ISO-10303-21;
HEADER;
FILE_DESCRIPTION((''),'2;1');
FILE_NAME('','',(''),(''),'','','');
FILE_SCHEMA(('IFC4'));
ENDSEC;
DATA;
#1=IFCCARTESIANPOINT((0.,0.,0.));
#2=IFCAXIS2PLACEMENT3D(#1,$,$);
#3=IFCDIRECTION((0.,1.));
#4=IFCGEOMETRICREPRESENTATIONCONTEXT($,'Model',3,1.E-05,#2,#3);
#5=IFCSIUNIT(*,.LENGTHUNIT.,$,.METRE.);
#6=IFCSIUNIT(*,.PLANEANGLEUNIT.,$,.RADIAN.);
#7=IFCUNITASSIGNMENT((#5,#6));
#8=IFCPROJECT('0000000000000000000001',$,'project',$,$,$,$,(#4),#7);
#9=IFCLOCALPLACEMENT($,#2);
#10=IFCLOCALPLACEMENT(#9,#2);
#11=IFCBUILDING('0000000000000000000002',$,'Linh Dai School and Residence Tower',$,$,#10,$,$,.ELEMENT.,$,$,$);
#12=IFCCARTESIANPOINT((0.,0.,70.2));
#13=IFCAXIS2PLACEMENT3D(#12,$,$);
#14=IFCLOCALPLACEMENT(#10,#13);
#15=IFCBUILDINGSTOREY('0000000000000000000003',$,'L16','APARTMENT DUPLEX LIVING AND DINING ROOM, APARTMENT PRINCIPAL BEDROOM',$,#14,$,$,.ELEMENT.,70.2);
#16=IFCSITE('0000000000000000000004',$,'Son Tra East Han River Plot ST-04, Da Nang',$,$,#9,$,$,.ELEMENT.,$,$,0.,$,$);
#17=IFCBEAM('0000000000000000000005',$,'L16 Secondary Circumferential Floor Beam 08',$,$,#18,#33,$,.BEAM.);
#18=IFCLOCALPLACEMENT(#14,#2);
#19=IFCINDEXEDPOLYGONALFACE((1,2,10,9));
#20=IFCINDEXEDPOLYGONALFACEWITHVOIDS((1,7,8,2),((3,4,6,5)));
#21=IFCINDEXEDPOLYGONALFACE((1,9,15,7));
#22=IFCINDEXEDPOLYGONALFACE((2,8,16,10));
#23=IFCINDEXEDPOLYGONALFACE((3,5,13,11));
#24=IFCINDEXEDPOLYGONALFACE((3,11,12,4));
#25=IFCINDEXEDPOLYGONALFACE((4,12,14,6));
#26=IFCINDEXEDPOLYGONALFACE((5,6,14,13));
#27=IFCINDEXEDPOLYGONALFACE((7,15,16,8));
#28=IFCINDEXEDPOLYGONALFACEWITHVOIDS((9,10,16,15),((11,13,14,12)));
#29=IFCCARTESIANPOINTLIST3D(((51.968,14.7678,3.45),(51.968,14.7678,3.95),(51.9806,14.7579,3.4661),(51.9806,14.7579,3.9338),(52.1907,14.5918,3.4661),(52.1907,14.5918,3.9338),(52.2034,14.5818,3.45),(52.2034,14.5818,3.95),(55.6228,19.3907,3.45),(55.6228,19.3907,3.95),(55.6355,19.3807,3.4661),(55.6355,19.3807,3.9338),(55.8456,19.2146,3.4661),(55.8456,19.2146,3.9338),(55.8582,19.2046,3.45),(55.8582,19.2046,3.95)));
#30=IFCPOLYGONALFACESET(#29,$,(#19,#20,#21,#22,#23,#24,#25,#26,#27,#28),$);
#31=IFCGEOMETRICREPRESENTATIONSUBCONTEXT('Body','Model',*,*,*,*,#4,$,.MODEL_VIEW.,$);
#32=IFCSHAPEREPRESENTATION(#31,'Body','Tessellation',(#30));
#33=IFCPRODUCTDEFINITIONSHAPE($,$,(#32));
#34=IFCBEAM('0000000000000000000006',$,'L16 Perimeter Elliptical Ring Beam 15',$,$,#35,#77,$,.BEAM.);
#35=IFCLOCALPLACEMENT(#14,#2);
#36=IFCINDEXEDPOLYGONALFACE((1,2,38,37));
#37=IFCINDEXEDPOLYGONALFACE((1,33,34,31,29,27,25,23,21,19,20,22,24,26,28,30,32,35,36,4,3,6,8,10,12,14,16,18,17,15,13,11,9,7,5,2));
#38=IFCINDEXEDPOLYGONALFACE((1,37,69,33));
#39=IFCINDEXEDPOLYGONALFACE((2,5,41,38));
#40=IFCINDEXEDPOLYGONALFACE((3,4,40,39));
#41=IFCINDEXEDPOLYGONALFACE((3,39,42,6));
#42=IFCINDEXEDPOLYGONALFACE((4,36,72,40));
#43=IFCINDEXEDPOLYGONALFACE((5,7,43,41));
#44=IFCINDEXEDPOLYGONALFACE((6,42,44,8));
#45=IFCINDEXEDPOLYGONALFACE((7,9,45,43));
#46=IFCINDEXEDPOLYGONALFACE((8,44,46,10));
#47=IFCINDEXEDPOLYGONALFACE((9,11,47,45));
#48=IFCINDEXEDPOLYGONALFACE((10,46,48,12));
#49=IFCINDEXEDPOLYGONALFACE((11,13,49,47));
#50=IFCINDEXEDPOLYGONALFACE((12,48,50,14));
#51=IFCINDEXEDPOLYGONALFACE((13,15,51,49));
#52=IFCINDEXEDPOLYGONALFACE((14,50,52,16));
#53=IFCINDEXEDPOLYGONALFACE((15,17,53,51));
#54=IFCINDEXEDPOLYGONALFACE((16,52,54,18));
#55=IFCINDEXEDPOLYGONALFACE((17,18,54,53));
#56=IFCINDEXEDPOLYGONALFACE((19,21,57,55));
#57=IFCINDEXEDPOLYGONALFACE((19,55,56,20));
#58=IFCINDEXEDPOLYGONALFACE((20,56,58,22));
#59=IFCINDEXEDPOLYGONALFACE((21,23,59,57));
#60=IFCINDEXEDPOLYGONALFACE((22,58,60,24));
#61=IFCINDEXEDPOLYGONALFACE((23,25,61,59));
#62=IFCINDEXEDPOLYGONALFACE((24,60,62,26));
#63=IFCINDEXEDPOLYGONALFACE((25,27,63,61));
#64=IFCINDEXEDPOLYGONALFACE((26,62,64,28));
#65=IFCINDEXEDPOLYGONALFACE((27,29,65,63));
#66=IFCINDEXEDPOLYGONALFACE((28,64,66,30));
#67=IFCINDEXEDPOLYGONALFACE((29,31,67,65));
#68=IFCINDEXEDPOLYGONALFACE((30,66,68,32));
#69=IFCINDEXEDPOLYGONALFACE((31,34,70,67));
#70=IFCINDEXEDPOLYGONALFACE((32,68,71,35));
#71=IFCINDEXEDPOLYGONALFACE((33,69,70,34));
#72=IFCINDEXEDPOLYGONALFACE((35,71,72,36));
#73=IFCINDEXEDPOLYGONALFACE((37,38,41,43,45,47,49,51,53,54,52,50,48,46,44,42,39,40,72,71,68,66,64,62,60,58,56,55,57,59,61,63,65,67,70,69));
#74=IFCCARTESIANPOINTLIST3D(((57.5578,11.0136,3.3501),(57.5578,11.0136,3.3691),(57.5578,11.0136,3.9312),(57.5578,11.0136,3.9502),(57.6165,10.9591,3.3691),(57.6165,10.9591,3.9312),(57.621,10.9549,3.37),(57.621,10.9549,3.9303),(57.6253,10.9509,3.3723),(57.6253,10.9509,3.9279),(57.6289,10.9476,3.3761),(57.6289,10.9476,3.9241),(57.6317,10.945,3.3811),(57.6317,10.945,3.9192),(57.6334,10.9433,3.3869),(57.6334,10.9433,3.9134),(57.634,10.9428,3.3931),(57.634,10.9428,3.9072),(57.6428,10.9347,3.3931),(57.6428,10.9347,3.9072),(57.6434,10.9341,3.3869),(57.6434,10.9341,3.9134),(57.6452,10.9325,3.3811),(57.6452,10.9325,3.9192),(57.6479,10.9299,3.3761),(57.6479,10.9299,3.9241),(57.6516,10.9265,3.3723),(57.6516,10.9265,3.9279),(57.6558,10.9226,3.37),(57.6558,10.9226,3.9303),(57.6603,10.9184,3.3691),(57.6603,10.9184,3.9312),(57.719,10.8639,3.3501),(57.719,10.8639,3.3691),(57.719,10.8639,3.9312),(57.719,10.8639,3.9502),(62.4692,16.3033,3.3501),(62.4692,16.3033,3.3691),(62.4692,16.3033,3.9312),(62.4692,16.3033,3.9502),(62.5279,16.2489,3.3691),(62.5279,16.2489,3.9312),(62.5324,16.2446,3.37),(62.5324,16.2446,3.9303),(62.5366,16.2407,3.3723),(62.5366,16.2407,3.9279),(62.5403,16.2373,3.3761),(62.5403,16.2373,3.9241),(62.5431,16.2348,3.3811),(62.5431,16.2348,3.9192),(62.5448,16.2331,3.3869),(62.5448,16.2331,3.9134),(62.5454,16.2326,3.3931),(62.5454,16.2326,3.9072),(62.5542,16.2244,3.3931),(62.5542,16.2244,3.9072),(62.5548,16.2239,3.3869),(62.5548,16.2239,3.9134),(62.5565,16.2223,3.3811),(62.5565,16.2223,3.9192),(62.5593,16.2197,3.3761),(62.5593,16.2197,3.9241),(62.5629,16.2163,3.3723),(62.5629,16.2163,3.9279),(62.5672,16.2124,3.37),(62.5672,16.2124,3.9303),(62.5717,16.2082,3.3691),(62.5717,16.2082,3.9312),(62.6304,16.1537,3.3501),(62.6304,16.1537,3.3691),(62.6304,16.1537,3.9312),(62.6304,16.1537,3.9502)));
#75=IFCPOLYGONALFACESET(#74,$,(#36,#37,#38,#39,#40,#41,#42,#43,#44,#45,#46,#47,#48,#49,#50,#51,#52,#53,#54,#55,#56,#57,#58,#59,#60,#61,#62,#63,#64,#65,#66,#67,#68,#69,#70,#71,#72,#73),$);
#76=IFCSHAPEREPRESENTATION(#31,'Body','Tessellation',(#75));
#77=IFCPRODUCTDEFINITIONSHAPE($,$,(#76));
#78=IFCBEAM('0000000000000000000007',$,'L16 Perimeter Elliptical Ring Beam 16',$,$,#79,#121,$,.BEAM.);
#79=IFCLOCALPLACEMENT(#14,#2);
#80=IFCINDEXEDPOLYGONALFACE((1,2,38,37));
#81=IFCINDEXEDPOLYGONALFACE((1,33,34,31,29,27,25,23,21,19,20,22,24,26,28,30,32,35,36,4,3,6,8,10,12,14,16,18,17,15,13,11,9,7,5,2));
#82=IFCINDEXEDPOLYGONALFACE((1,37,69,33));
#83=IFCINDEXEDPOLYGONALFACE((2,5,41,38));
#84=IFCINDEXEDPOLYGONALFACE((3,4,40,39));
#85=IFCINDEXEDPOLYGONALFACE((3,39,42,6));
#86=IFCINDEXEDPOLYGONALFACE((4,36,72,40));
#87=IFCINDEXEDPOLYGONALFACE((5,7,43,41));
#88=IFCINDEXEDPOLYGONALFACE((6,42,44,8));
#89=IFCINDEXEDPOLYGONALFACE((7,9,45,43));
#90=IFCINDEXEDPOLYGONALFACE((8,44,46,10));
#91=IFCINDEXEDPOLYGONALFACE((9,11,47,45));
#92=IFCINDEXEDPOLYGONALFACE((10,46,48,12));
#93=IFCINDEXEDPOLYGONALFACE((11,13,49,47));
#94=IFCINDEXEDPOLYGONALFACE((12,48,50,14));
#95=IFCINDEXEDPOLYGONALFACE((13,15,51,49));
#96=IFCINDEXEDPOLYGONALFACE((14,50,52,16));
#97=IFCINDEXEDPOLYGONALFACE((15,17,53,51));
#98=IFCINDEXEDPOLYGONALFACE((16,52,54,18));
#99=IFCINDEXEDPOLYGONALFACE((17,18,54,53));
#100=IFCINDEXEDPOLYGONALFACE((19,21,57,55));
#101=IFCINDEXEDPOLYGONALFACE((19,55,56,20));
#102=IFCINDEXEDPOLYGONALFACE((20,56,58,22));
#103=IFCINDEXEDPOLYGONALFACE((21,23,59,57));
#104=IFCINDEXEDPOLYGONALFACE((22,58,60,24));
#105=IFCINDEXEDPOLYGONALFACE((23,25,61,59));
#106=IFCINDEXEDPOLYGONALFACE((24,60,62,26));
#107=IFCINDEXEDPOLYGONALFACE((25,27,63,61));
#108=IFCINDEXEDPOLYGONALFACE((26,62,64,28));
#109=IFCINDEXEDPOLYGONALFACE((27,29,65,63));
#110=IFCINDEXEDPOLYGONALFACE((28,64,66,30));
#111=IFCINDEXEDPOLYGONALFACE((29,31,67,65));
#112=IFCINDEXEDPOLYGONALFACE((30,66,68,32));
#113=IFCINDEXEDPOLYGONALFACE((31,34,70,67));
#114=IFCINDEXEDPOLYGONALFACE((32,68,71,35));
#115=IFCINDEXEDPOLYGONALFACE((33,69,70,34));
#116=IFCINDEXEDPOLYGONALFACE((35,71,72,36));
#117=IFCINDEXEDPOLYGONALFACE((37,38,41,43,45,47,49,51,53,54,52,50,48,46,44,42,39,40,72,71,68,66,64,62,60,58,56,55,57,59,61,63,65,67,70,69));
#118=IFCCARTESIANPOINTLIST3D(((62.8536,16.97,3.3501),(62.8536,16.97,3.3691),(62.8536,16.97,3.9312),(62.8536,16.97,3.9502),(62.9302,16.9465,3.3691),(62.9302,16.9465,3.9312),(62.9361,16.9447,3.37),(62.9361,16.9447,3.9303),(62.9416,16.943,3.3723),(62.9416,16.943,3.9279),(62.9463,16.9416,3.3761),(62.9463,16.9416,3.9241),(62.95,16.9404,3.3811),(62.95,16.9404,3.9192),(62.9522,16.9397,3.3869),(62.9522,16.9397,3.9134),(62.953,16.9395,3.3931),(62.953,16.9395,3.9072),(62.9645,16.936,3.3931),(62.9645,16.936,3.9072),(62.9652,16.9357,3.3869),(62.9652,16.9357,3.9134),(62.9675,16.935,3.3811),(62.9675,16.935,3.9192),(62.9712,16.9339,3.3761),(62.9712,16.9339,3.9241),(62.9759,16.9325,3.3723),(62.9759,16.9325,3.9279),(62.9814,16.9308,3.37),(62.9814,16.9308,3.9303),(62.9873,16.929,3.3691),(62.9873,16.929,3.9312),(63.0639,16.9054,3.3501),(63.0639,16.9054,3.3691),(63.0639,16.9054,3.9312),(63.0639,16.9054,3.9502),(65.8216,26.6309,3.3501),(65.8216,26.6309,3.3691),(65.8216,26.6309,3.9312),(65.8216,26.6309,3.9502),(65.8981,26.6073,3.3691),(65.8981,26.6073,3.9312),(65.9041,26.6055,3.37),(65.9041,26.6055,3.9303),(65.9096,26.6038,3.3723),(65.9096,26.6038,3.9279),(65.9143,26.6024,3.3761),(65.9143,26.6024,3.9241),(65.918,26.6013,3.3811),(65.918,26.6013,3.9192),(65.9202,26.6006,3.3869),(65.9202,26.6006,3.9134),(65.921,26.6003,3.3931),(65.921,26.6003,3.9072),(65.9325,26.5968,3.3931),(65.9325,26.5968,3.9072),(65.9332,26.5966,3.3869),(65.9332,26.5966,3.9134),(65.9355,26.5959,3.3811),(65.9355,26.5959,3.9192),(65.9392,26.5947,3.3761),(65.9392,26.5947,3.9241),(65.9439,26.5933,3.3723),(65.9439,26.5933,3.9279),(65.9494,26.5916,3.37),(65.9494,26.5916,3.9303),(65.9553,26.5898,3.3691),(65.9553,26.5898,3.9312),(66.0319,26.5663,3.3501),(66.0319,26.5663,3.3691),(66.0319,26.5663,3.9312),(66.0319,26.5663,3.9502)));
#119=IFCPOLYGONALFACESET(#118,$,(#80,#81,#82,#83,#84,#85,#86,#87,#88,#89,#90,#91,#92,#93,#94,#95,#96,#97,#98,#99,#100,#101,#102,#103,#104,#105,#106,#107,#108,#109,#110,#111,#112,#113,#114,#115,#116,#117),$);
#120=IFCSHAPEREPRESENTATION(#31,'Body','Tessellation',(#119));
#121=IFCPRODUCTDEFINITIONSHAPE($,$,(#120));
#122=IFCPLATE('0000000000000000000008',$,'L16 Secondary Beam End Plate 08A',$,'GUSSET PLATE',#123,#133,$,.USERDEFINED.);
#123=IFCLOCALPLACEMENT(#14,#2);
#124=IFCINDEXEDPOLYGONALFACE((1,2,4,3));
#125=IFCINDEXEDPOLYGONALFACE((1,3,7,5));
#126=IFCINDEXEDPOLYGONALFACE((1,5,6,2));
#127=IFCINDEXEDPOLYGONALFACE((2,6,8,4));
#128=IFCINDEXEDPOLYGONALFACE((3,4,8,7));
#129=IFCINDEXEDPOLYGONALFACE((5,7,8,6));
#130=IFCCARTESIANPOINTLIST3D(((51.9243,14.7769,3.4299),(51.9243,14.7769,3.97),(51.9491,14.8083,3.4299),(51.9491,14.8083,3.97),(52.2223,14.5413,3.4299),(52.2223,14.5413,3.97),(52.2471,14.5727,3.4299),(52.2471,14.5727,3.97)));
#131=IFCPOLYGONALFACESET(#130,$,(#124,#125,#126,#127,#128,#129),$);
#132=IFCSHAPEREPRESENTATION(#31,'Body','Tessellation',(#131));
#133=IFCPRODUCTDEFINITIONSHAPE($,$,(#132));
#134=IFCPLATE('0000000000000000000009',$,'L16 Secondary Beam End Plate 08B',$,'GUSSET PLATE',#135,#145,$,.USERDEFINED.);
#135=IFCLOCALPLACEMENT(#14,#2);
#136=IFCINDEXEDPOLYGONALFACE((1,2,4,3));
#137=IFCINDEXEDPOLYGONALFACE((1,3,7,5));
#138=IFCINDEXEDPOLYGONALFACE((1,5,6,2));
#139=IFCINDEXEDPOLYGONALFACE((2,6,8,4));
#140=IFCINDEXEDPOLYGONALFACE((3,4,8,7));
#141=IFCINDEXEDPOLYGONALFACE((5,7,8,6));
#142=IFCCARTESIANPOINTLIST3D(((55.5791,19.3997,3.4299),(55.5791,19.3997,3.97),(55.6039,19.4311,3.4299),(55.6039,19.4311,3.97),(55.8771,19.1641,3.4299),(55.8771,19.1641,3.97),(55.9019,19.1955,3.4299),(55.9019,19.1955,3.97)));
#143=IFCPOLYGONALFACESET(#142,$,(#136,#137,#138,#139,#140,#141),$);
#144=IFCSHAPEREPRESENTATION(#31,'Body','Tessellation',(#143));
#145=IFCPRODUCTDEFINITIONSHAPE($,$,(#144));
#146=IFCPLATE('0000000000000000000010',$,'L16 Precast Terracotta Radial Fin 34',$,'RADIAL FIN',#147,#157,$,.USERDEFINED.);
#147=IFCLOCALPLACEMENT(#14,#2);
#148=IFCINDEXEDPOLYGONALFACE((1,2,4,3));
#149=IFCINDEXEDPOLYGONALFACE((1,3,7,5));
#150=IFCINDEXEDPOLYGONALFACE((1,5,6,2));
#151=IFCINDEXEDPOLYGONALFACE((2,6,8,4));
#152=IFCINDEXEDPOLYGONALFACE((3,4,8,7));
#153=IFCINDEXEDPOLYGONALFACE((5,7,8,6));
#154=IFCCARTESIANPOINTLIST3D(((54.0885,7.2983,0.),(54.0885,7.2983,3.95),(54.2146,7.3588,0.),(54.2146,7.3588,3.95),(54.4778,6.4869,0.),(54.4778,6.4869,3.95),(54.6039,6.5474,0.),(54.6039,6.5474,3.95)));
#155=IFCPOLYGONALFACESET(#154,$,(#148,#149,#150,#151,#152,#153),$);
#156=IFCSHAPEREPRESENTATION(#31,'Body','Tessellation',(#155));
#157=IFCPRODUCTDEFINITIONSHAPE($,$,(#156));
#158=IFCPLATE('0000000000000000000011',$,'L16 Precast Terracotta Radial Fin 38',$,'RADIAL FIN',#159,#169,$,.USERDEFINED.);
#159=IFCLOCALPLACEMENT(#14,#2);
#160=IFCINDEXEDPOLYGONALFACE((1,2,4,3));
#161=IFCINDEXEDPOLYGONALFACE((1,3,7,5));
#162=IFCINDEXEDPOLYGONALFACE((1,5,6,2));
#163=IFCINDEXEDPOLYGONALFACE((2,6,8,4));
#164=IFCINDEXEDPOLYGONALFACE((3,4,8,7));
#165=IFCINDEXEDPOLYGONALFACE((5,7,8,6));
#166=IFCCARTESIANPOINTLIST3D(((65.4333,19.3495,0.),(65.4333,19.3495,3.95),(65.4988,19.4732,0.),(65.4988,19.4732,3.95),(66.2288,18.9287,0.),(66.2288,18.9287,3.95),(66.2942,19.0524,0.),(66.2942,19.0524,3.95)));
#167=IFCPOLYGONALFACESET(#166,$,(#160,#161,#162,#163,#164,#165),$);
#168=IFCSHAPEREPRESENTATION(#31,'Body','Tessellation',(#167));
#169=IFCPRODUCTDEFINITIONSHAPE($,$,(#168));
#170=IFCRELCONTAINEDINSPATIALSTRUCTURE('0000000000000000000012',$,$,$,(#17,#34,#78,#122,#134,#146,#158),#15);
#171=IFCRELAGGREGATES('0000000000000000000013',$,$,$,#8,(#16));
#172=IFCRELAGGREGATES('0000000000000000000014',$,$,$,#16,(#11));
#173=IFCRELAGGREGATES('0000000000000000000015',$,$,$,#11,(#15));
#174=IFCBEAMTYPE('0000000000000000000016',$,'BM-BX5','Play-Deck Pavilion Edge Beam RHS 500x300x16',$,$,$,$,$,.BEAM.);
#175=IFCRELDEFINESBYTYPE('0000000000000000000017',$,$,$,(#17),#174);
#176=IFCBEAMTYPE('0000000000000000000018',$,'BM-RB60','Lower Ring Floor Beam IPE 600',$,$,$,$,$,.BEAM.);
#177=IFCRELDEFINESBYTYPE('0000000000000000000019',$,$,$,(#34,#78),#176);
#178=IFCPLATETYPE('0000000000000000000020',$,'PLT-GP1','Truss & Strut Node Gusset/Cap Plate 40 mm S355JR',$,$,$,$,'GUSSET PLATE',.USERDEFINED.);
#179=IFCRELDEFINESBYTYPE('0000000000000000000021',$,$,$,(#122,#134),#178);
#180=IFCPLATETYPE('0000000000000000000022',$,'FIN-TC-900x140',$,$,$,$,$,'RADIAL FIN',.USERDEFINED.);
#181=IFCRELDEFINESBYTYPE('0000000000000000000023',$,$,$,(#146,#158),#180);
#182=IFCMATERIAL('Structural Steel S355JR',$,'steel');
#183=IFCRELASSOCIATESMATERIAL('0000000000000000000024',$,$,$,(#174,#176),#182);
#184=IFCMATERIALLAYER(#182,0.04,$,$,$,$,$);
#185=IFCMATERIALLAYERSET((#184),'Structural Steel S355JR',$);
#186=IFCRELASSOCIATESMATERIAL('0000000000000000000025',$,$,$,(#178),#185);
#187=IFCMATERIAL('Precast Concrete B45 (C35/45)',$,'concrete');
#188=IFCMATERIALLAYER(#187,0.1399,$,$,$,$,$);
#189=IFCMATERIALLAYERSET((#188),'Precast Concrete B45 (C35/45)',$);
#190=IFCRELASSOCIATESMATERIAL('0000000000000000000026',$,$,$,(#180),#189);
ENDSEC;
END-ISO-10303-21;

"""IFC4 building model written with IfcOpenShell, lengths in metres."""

from ifc_helpers import new_model, si_unit, direction, frame, origin, origin_2d, place, context, subcontext, project, spatial, rectangle, hollow_rectangle, i_section, extrude, source, transform, mapped, material, layer, layer_set, material_profile, profile_set, type_object, element, save


model = new_model("IFC4")

# Units and contexts
model_context = context("Model", 3, precision=1e-05, world=origin(), true_north=direction((0.0, 1.0)))
body_context = subcontext(model_context, "Body", "Model", "MODEL_VIEW")
ifc_project = project(units=[si_unit("LENGTHUNIT", "METRE"), si_unit("PLANEANGLEUNIT", "RADIAN")], contexts=[model_context])

# Site, building, storey
site_placement = place(None, origin())
site = spatial("IfcSite", under=ifc_project, at=site_placement, Name="Son Tra East Han River Plot ST-04, Da Nang", CompositionType="ELEMENT", RefElevation=0.0)
building_placement = place(site_placement, origin())
building = spatial("IfcBuilding", under=site, at=building_placement, Name="Linh Dai School and Residence Tower", CompositionType="ELEMENT")
storey_placement = place(building_placement, frame((0.0, 0.0, 70.2)))
storey = spatial("IfcBuildingStorey", under=building, at=storey_placement, Name="L16", Description="APARTMENT DUPLEX LIVING AND DINING ROOM, APARTMENT PRINCIPAL BEDROOM", CompositionType="ELEMENT", Elevation=70.2)

# Shared definitions
ifc_material_1 = material(Name="Structural Steel S355JR", Category="steel")

# Beams
ifc_material_profile_1 = material_profile(ifc_material_1, hollow_rectangle(XDim=0.3, YDim=0.5, WallThickness=0.0161, at=origin_2d()), Name="RHS 500x300x16")
ifc_profile_set_1 = profile_set([ifc_material_profile_1], Name="Structural Steel S355JR")
beam_type_1 = type_object("IfcBeamType", Name="BM-BX5", Description="Play-Deck Pavilion Edge Beam RHS 500x300x16", PredefinedType="BEAM", material=ifc_profile_set_1)
beam_1_placement = place(storey_placement, frame((52.0857, 14.6748, 3.7), z_axis=(0.620188, 0.784453, 0.0), x_axis=(-0.784453, 0.620188, 0.0)))
element("IfcBeam", 1, at=beam_1_placement, inside=storey, type_object=beam_type_1, Name="L16 Secondary Circumferential Floor Beam 08", PredefinedType="BEAM", context=body_context, shape_type="SweptSolid", body=[
    extrude(hollow_rectangle(XDim=0.3, YDim=0.5, WallThickness=0.0161, at=origin_2d()), origin(), (0.0, 0.0, 1.0), 5.8931),
])
ifc_material_profile_2 = material_profile(ifc_material_1, i_section(OverallWidth=0.22, OverallDepth=0.6001, WebThickness=0.012, FlangeThickness=0.019, FilletRadius=0.0239, at=origin_2d()), Name="IPE 600")
ifc_profile_set_2 = profile_set([ifc_material_profile_2], Name="Structural Steel S355JR")
beam_type_2 = type_object("IfcBeamType", Name="BM-RB60", Description="Lower Ring Floor Beam IPE 600", PredefinedType="BEAM", material=ifc_profile_set_2)
beam_2_placement = place(storey_placement, frame((57.6384, 10.9387, 3.6501), z_axis=(0.680408, 0.732833, 0.0), x_axis=(-0.732833, 0.680408, 0.0)))
element("IfcBeam", 2, at=beam_2_placement, inside=storey, type_object=beam_type_2, Name="L16 Perimeter Elliptical Ring Beam 15", PredefinedType="BEAM", context=body_context, shape_type="SweptSolid", body=[
    extrude(i_section(OverallWidth=0.22, OverallDepth=0.6001, WebThickness=0.012, FlangeThickness=0.019, FilletRadius=0.0239, at=origin_2d()), origin(), (0.0, 0.0, 1.0), 7.2183),
])
beam_3_placement = place(storey_placement, frame((62.9587, 16.9377, 3.6501), z_axis=(0.293673, 0.955906, 0.0), x_axis=(-0.955906, 0.293673, 0.0)))
element("IfcBeam", 3, at=beam_3_placement, inside=storey, type_object=beam_type_2, Name="L16 Perimeter Elliptical Ring Beam 16", PredefinedType="BEAM", context=body_context, shape_type="SweptSolid", body=[
    extrude(i_section(OverallWidth=0.22, OverallDepth=0.6001, WebThickness=0.012, FlangeThickness=0.019, FilletRadius=0.0239, at=origin_2d()), origin(), (0.0, 0.0, 1.0), 10.1064),
])

# Plates
ifc_layer_1 = layer(ifc_material_1, 0.04)
ifc_layer_set_1 = layer_set([ifc_layer_1], Name="Structural Steel S355JR")
plate_type_1 = type_object("IfcPlateType", Name="PLT-GP1", Description="Truss & Strut Node Gusset/Cap Plate 40 mm S355JR", ElementType="GUSSET PLATE", PredefinedType="USERDEFINED", material=ifc_layer_set_1)
shared_shape_1 = source(origin(), body_context, "Body", "SweptSolid", [
    extrude(rectangle(XDim=0.04, YDim=0.3799, at=origin_2d()), origin(), (0.0, 0.0, 1.0), 0.54),
])
for number, where, z_axis, x_axis, name in (
    (4, (52.0857, 14.6748, 3.4299), (0.0, 0.0, 1.0), (0.620178, 0.784461, 0.0), "L16 Secondary Beam End Plate 08A"),
    (5, (55.7405, 19.2976, 3.4299), (0.0, 0.0, 1.0), (0.620178, 0.784461, 0.0), "L16 Secondary Beam End Plate 08B"),
):
    element("IfcPlate", number, at=place(storey_placement, frame(where, z_axis=z_axis, x_axis=x_axis)), inside=storey, type_object=plate_type_1, Name=name, ObjectType="GUSSET PLATE", PredefinedType="USERDEFINED", context=body_context, shape_type="MappedRepresentation", body=[
        mapped(shared_shape_1, transform((0.0, 0.0, 0.0), x_axis=(1.0, 0.0, 0.0), y_axis=(0.0, 1.0, 0.0), z_axis=(0.0, 0.0, 1.0), scale=1.0)),
    ])
ifc_material_2 = material(Name="Precast Concrete B45 (C35/45)", Category="concrete")
ifc_layer_2 = layer(ifc_material_2, 0.1399)
ifc_layer_set_2 = layer_set([ifc_layer_2], Name="Precast Concrete B45 (C35/45)")
plate_type_2 = type_object("IfcPlateType", Name="FIN-TC-900x140", ElementType="RADIAL FIN", PredefinedType="USERDEFINED", material=ifc_layer_set_2)
shared_shape_2 = source(origin(), body_context, "Body", "SweptSolid", [
    extrude(rectangle(XDim=0.8999, YDim=0.1399, at=origin_2d()), origin(), (0.0, 0.0, 1.0), 3.95),
])
for number, where, z_axis, x_axis, name in (
    (6, (54.3462, 6.9229, 0.0), (0.0, 0.0, 1.0), (0.432603, -0.901585, 0.0), "L16 Precast Terracotta Radial Fin 34"),
    (7, (65.8638, 19.2009, 0.0), (0.0, 0.0, 1.0), (0.883934, -0.467612, 0.0), "L16 Precast Terracotta Radial Fin 38"),
):
    element("IfcPlate", number, at=place(storey_placement, frame(where, z_axis=z_axis, x_axis=x_axis)), inside=storey, type_object=plate_type_2, Name=name, ObjectType="RADIAL FIN", PredefinedType="USERDEFINED", context=body_context, shape_type="MappedRepresentation", body=[
        mapped(shared_shape_2, transform((0.0, 0.0, 0.0), x_axis=(1.0, 0.0, 0.0), y_axis=(0.0, 1.0, 0.0), z_axis=(0.0, 0.0, 1.0), scale=1.0)),
    ])

save(model, "model.ifc")
